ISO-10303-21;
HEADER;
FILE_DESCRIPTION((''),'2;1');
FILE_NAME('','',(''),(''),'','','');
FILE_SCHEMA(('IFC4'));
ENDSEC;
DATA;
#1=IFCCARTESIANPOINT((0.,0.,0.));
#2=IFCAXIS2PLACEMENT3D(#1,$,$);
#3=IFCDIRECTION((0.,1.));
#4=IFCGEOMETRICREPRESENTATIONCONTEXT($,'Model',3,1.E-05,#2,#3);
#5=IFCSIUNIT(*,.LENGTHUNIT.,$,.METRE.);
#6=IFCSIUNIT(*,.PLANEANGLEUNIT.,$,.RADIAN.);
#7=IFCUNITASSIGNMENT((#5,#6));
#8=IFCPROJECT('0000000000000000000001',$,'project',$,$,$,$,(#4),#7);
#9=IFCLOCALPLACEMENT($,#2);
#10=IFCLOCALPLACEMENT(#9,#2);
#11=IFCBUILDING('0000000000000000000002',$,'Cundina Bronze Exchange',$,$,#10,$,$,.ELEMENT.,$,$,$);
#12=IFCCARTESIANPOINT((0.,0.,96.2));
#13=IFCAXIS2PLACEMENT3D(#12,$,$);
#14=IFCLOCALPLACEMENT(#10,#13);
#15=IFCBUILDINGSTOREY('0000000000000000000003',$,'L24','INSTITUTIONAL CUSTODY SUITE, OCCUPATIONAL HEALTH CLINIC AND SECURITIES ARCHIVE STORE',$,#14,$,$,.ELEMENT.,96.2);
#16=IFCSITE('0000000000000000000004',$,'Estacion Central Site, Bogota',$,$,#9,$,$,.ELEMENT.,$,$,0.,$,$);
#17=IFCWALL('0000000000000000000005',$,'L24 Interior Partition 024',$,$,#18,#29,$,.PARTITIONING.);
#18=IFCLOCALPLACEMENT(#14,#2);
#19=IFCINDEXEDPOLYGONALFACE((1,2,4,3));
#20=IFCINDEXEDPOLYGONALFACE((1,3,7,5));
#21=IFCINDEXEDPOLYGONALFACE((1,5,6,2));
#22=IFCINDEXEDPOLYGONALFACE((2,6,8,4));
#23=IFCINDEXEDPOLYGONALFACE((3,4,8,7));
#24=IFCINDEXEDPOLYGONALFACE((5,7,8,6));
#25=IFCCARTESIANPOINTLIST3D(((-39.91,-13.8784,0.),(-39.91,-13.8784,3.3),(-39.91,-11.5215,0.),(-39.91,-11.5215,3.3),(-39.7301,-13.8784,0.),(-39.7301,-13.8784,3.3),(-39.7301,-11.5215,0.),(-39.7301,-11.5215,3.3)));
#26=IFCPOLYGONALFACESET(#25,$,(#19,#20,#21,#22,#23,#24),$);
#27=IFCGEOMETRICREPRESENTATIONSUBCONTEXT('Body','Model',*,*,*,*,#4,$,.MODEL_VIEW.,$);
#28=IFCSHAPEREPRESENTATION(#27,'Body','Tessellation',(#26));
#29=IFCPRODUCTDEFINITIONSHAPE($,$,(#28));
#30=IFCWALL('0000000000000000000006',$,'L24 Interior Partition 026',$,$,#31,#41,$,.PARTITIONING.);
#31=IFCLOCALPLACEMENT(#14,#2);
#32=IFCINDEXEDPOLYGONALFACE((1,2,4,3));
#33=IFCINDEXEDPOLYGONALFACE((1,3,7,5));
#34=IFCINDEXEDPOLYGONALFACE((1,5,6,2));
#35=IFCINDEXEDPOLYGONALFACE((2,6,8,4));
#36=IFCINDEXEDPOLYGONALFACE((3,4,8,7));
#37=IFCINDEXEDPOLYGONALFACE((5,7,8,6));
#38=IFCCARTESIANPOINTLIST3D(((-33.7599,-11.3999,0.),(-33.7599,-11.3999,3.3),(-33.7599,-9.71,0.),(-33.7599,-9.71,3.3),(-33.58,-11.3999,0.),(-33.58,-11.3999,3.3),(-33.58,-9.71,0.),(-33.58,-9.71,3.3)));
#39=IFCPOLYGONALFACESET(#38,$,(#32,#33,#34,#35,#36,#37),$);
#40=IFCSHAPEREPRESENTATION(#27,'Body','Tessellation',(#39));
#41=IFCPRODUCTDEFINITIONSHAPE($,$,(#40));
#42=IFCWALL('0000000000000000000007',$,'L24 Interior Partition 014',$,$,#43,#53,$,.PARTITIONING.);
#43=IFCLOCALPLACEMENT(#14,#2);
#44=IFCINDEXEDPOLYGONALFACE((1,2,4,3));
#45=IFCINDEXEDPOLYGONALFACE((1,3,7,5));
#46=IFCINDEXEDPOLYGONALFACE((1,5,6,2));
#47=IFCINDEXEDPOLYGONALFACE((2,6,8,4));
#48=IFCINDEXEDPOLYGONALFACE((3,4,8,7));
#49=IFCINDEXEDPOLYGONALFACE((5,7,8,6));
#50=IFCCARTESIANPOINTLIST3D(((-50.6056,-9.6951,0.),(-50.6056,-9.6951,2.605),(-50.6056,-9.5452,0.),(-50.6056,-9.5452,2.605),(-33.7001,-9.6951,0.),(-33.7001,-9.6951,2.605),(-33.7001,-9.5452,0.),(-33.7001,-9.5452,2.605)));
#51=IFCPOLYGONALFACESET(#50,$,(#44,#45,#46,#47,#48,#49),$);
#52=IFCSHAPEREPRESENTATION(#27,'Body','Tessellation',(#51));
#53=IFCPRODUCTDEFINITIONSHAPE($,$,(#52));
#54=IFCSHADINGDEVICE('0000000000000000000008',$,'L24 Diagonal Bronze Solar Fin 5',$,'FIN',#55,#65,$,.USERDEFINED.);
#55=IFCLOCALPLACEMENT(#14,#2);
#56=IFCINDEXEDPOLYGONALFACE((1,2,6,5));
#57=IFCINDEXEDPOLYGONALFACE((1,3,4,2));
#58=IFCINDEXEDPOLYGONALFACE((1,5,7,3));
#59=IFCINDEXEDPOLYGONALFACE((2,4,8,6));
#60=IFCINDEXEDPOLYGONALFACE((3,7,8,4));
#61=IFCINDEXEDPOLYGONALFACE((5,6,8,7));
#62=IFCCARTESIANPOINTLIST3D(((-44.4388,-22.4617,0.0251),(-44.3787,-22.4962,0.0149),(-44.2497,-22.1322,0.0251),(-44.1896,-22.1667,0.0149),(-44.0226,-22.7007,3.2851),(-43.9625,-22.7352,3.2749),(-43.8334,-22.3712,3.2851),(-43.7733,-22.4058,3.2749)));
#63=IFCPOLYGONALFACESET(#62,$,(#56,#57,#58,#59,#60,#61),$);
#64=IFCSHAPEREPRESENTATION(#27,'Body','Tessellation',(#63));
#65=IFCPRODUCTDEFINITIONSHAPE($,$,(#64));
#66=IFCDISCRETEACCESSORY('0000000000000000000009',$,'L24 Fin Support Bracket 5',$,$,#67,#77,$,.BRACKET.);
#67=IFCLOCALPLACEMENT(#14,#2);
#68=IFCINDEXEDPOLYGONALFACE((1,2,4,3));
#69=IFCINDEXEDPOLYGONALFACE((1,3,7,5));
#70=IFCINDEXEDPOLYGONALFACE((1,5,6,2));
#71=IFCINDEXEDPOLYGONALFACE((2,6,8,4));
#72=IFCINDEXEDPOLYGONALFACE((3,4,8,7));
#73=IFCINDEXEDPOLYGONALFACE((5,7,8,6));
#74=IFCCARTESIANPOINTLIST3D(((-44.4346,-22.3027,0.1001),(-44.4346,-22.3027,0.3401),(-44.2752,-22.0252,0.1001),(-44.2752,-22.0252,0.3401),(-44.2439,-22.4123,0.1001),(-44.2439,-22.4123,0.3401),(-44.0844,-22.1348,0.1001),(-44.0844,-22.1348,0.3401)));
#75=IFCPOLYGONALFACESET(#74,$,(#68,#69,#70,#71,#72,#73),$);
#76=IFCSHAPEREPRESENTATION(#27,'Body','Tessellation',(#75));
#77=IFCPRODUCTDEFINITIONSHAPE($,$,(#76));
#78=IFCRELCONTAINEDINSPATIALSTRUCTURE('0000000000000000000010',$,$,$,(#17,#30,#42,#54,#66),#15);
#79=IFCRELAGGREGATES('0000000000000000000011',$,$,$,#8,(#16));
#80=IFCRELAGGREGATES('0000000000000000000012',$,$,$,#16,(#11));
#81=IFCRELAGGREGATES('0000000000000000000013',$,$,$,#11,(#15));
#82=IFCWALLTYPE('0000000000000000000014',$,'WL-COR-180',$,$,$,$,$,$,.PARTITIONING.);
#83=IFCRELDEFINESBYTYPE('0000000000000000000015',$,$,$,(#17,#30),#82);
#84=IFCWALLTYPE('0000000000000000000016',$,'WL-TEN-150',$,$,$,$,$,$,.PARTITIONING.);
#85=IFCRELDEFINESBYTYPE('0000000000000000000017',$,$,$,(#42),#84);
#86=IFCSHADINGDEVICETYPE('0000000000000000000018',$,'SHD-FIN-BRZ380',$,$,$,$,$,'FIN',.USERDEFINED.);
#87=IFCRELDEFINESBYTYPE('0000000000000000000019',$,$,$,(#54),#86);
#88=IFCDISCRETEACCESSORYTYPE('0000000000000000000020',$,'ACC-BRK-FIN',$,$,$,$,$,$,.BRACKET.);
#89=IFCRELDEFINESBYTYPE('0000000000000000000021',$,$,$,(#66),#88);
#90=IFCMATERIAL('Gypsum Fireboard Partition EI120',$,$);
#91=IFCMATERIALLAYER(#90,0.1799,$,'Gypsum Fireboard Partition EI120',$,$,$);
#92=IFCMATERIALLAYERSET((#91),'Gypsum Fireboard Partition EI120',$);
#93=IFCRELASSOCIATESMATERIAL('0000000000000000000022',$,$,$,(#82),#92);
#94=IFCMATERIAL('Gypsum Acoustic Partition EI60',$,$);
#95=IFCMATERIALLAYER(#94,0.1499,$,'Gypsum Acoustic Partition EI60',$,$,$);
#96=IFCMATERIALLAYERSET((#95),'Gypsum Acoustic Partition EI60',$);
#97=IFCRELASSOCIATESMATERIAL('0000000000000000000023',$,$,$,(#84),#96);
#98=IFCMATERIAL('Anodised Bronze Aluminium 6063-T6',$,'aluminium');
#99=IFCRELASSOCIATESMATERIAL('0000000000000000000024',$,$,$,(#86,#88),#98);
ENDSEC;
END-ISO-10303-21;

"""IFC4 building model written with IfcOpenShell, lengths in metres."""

from ifc_helpers import new_model, si_unit, direction, frame, frame_2d, origin, origin_2d, place, context, subcontext, project, spatial, rectangle, extrude, material, layer, layer_set, material_profile, profile_set, type_object, element, save


model = new_model("IFC4")

# Units and contexts
model_context = context("Model", 3, precision=1e-05, world=origin(), true_north=direction((0.0, 1.0)))
body_context = subcontext(model_context, "Body", "Model", "MODEL_VIEW")
ifc_project = project(units=[si_unit("LENGTHUNIT", "METRE"), si_unit("PLANEANGLEUNIT", "RADIAN")], contexts=[model_context])

# Site, building, storey
site_placement = place(None, origin())
site = spatial("IfcSite", under=ifc_project, at=site_placement, Name="Estacion Central Site, Bogota", CompositionType="ELEMENT", RefElevation=0.0)
building_placement = place(site_placement, origin())
building = spatial("IfcBuilding", under=site, at=building_placement, Name="Cundina Bronze Exchange", CompositionType="ELEMENT")
storey_placement = place(building_placement, frame((0.0, 0.0, 96.2)))
storey = spatial("IfcBuildingStorey", under=building, at=storey_placement, Name="L24", Description="INSTITUTIONAL CUSTODY SUITE, OCCUPATIONAL HEALTH CLINIC AND SECURITIES ARCHIVE STORE", CompositionType="ELEMENT", Elevation=96.2)

# Shared definitions
ifc_material_1 = material(Name="Anodised Bronze Aluminium 6063-T6", Category="aluminium")

# Shared definitions
ifc_material_2 = material(Name="Gypsum Fireboard Partition EI120")
ifc_layer_1 = layer(ifc_material_2, 0.1799, Name="Gypsum Fireboard Partition EI120")
ifc_layer_set_1 = layer_set([ifc_layer_1], Name="Gypsum Fireboard Partition EI120")
wall_type_1 = type_object("IfcWallType", Name="WL-COR-180", PredefinedType="PARTITIONING", material=ifc_layer_set_1)

# Walls
wall_1_placement = place(storey_placement, frame((-39.8201, -11.5215, 0.0), z_axis=(0.0, 0.0, 1.0), x_axis=(0.0, -1.0, 0.0)))
element("IfcWall", 1, at=wall_1_placement, inside=storey, type_object=wall_type_1, Name="L24 Interior Partition 024", PredefinedType="PARTITIONING", context=body_context, shape_type="SweptSolid", body=[
    extrude(rectangle(XDim=2.3569, YDim=0.1799, at=frame_2d((1.1785, 0.0))), origin(), (0.0, 0.0, 1.0), 3.3),
])
wall_2_placement = place(storey_placement, frame((-33.6699, -9.71, 0.0), z_axis=(0.0, 0.0, 1.0), x_axis=(0.0, -1.0, 0.0)))
element("IfcWall", 2, at=wall_2_placement, inside=storey, type_object=wall_type_1, Name="L24 Interior Partition 026", PredefinedType="PARTITIONING", context=body_context, shape_type="SweptSolid", body=[
    extrude(rectangle(XDim=1.6899, YDim=0.1799, at=frame_2d((0.845, 0.0))), origin(), (0.0, 0.0, 1.0), 3.3),
])
ifc_material_3 = material(Name="Gypsum Acoustic Partition EI60")
ifc_layer_2 = layer(ifc_material_3, 0.1499, Name="Gypsum Acoustic Partition EI60")
ifc_layer_set_2 = layer_set([ifc_layer_2], Name="Gypsum Acoustic Partition EI60")
wall_type_2 = type_object("IfcWallType", Name="WL-TEN-150", PredefinedType="PARTITIONING", material=ifc_layer_set_2)
wall_3_placement = place(storey_placement, frame((-50.6055, -9.6201, 0.0), z_axis=(0.0, 0.0, 1.0), x_axis=(1.0, 0.0, 0.0)))
element("IfcWall", 3, at=wall_3_placement, inside=storey, type_object=wall_type_2, Name="L24 Interior Partition 014", PredefinedType="PARTITIONING", context=body_context, shape_type="SweptSolid", body=[
    extrude(rectangle(XDim=16.9055, YDim=0.1499, at=frame_2d((8.4526, 0.0))), origin(), (0.0, 0.0, 1.0), 2.605),
])

# Shading device
ifc_material_profile_1 = material_profile(ifc_material_1, rectangle(XDim=0.0701, YDim=0.3799, at=origin_2d()), Name="FIN70X380", Category="aluminium")
ifc_profile_set_1 = profile_set([ifc_material_profile_1], Name="Anodised Bronze Aluminium 6063-T6")
shading_device_type = type_object("IfcShadingDeviceType", Name="SHD-FIN-BRZ380", ElementType="FIN", PredefinedType="USERDEFINED", material=ifc_profile_set_1)
shading_device_placement = place(storey_placement, frame((-44.3142, -22.3142, 0.02), z_axis=(0.126325, -0.072535, 0.989333), x_axis=(-0.857958, 0.492634, 0.145668)))
element("IfcShadingDevice", 4, at=shading_device_placement, inside=storey, type_object=shading_device_type, Name="L24 Diagonal Bronze Solar Fin 5", ObjectType="FIN", PredefinedType="USERDEFINED", context=body_context, shape_type="SweptSolid", body=[
    extrude(rectangle(XDim=0.0701, YDim=0.3799, at=origin_2d()), origin(), (0.0, 0.0, 1.0), 3.2952),
])

# Discrete accessory
discrete_accessory_type = type_object("IfcDiscreteAccessoryType", Name="ACC-BRK-FIN", PredefinedType="BRACKET", material=ifc_material_1)
discrete_accessory_placement = place(storey_placement, frame((-44.2595, -22.2188, 0.1001), z_axis=(0.0, 0.0, 1.0), x_axis=(0.867105, -0.498125, 0.0)))
element("IfcDiscreteAccessory", 5, at=discrete_accessory_placement, inside=storey, type_object=discrete_accessory_type, Name="L24 Fin Support Bracket 5", PredefinedType="BRACKET", context=body_context, shape_type="SweptSolid", body=[
    extrude(rectangle(XDim=0.22, YDim=0.3201, at=origin_2d()), origin(), (0.0, 0.0, 1.0), 0.24),
])

save(model, "model.ifc")
